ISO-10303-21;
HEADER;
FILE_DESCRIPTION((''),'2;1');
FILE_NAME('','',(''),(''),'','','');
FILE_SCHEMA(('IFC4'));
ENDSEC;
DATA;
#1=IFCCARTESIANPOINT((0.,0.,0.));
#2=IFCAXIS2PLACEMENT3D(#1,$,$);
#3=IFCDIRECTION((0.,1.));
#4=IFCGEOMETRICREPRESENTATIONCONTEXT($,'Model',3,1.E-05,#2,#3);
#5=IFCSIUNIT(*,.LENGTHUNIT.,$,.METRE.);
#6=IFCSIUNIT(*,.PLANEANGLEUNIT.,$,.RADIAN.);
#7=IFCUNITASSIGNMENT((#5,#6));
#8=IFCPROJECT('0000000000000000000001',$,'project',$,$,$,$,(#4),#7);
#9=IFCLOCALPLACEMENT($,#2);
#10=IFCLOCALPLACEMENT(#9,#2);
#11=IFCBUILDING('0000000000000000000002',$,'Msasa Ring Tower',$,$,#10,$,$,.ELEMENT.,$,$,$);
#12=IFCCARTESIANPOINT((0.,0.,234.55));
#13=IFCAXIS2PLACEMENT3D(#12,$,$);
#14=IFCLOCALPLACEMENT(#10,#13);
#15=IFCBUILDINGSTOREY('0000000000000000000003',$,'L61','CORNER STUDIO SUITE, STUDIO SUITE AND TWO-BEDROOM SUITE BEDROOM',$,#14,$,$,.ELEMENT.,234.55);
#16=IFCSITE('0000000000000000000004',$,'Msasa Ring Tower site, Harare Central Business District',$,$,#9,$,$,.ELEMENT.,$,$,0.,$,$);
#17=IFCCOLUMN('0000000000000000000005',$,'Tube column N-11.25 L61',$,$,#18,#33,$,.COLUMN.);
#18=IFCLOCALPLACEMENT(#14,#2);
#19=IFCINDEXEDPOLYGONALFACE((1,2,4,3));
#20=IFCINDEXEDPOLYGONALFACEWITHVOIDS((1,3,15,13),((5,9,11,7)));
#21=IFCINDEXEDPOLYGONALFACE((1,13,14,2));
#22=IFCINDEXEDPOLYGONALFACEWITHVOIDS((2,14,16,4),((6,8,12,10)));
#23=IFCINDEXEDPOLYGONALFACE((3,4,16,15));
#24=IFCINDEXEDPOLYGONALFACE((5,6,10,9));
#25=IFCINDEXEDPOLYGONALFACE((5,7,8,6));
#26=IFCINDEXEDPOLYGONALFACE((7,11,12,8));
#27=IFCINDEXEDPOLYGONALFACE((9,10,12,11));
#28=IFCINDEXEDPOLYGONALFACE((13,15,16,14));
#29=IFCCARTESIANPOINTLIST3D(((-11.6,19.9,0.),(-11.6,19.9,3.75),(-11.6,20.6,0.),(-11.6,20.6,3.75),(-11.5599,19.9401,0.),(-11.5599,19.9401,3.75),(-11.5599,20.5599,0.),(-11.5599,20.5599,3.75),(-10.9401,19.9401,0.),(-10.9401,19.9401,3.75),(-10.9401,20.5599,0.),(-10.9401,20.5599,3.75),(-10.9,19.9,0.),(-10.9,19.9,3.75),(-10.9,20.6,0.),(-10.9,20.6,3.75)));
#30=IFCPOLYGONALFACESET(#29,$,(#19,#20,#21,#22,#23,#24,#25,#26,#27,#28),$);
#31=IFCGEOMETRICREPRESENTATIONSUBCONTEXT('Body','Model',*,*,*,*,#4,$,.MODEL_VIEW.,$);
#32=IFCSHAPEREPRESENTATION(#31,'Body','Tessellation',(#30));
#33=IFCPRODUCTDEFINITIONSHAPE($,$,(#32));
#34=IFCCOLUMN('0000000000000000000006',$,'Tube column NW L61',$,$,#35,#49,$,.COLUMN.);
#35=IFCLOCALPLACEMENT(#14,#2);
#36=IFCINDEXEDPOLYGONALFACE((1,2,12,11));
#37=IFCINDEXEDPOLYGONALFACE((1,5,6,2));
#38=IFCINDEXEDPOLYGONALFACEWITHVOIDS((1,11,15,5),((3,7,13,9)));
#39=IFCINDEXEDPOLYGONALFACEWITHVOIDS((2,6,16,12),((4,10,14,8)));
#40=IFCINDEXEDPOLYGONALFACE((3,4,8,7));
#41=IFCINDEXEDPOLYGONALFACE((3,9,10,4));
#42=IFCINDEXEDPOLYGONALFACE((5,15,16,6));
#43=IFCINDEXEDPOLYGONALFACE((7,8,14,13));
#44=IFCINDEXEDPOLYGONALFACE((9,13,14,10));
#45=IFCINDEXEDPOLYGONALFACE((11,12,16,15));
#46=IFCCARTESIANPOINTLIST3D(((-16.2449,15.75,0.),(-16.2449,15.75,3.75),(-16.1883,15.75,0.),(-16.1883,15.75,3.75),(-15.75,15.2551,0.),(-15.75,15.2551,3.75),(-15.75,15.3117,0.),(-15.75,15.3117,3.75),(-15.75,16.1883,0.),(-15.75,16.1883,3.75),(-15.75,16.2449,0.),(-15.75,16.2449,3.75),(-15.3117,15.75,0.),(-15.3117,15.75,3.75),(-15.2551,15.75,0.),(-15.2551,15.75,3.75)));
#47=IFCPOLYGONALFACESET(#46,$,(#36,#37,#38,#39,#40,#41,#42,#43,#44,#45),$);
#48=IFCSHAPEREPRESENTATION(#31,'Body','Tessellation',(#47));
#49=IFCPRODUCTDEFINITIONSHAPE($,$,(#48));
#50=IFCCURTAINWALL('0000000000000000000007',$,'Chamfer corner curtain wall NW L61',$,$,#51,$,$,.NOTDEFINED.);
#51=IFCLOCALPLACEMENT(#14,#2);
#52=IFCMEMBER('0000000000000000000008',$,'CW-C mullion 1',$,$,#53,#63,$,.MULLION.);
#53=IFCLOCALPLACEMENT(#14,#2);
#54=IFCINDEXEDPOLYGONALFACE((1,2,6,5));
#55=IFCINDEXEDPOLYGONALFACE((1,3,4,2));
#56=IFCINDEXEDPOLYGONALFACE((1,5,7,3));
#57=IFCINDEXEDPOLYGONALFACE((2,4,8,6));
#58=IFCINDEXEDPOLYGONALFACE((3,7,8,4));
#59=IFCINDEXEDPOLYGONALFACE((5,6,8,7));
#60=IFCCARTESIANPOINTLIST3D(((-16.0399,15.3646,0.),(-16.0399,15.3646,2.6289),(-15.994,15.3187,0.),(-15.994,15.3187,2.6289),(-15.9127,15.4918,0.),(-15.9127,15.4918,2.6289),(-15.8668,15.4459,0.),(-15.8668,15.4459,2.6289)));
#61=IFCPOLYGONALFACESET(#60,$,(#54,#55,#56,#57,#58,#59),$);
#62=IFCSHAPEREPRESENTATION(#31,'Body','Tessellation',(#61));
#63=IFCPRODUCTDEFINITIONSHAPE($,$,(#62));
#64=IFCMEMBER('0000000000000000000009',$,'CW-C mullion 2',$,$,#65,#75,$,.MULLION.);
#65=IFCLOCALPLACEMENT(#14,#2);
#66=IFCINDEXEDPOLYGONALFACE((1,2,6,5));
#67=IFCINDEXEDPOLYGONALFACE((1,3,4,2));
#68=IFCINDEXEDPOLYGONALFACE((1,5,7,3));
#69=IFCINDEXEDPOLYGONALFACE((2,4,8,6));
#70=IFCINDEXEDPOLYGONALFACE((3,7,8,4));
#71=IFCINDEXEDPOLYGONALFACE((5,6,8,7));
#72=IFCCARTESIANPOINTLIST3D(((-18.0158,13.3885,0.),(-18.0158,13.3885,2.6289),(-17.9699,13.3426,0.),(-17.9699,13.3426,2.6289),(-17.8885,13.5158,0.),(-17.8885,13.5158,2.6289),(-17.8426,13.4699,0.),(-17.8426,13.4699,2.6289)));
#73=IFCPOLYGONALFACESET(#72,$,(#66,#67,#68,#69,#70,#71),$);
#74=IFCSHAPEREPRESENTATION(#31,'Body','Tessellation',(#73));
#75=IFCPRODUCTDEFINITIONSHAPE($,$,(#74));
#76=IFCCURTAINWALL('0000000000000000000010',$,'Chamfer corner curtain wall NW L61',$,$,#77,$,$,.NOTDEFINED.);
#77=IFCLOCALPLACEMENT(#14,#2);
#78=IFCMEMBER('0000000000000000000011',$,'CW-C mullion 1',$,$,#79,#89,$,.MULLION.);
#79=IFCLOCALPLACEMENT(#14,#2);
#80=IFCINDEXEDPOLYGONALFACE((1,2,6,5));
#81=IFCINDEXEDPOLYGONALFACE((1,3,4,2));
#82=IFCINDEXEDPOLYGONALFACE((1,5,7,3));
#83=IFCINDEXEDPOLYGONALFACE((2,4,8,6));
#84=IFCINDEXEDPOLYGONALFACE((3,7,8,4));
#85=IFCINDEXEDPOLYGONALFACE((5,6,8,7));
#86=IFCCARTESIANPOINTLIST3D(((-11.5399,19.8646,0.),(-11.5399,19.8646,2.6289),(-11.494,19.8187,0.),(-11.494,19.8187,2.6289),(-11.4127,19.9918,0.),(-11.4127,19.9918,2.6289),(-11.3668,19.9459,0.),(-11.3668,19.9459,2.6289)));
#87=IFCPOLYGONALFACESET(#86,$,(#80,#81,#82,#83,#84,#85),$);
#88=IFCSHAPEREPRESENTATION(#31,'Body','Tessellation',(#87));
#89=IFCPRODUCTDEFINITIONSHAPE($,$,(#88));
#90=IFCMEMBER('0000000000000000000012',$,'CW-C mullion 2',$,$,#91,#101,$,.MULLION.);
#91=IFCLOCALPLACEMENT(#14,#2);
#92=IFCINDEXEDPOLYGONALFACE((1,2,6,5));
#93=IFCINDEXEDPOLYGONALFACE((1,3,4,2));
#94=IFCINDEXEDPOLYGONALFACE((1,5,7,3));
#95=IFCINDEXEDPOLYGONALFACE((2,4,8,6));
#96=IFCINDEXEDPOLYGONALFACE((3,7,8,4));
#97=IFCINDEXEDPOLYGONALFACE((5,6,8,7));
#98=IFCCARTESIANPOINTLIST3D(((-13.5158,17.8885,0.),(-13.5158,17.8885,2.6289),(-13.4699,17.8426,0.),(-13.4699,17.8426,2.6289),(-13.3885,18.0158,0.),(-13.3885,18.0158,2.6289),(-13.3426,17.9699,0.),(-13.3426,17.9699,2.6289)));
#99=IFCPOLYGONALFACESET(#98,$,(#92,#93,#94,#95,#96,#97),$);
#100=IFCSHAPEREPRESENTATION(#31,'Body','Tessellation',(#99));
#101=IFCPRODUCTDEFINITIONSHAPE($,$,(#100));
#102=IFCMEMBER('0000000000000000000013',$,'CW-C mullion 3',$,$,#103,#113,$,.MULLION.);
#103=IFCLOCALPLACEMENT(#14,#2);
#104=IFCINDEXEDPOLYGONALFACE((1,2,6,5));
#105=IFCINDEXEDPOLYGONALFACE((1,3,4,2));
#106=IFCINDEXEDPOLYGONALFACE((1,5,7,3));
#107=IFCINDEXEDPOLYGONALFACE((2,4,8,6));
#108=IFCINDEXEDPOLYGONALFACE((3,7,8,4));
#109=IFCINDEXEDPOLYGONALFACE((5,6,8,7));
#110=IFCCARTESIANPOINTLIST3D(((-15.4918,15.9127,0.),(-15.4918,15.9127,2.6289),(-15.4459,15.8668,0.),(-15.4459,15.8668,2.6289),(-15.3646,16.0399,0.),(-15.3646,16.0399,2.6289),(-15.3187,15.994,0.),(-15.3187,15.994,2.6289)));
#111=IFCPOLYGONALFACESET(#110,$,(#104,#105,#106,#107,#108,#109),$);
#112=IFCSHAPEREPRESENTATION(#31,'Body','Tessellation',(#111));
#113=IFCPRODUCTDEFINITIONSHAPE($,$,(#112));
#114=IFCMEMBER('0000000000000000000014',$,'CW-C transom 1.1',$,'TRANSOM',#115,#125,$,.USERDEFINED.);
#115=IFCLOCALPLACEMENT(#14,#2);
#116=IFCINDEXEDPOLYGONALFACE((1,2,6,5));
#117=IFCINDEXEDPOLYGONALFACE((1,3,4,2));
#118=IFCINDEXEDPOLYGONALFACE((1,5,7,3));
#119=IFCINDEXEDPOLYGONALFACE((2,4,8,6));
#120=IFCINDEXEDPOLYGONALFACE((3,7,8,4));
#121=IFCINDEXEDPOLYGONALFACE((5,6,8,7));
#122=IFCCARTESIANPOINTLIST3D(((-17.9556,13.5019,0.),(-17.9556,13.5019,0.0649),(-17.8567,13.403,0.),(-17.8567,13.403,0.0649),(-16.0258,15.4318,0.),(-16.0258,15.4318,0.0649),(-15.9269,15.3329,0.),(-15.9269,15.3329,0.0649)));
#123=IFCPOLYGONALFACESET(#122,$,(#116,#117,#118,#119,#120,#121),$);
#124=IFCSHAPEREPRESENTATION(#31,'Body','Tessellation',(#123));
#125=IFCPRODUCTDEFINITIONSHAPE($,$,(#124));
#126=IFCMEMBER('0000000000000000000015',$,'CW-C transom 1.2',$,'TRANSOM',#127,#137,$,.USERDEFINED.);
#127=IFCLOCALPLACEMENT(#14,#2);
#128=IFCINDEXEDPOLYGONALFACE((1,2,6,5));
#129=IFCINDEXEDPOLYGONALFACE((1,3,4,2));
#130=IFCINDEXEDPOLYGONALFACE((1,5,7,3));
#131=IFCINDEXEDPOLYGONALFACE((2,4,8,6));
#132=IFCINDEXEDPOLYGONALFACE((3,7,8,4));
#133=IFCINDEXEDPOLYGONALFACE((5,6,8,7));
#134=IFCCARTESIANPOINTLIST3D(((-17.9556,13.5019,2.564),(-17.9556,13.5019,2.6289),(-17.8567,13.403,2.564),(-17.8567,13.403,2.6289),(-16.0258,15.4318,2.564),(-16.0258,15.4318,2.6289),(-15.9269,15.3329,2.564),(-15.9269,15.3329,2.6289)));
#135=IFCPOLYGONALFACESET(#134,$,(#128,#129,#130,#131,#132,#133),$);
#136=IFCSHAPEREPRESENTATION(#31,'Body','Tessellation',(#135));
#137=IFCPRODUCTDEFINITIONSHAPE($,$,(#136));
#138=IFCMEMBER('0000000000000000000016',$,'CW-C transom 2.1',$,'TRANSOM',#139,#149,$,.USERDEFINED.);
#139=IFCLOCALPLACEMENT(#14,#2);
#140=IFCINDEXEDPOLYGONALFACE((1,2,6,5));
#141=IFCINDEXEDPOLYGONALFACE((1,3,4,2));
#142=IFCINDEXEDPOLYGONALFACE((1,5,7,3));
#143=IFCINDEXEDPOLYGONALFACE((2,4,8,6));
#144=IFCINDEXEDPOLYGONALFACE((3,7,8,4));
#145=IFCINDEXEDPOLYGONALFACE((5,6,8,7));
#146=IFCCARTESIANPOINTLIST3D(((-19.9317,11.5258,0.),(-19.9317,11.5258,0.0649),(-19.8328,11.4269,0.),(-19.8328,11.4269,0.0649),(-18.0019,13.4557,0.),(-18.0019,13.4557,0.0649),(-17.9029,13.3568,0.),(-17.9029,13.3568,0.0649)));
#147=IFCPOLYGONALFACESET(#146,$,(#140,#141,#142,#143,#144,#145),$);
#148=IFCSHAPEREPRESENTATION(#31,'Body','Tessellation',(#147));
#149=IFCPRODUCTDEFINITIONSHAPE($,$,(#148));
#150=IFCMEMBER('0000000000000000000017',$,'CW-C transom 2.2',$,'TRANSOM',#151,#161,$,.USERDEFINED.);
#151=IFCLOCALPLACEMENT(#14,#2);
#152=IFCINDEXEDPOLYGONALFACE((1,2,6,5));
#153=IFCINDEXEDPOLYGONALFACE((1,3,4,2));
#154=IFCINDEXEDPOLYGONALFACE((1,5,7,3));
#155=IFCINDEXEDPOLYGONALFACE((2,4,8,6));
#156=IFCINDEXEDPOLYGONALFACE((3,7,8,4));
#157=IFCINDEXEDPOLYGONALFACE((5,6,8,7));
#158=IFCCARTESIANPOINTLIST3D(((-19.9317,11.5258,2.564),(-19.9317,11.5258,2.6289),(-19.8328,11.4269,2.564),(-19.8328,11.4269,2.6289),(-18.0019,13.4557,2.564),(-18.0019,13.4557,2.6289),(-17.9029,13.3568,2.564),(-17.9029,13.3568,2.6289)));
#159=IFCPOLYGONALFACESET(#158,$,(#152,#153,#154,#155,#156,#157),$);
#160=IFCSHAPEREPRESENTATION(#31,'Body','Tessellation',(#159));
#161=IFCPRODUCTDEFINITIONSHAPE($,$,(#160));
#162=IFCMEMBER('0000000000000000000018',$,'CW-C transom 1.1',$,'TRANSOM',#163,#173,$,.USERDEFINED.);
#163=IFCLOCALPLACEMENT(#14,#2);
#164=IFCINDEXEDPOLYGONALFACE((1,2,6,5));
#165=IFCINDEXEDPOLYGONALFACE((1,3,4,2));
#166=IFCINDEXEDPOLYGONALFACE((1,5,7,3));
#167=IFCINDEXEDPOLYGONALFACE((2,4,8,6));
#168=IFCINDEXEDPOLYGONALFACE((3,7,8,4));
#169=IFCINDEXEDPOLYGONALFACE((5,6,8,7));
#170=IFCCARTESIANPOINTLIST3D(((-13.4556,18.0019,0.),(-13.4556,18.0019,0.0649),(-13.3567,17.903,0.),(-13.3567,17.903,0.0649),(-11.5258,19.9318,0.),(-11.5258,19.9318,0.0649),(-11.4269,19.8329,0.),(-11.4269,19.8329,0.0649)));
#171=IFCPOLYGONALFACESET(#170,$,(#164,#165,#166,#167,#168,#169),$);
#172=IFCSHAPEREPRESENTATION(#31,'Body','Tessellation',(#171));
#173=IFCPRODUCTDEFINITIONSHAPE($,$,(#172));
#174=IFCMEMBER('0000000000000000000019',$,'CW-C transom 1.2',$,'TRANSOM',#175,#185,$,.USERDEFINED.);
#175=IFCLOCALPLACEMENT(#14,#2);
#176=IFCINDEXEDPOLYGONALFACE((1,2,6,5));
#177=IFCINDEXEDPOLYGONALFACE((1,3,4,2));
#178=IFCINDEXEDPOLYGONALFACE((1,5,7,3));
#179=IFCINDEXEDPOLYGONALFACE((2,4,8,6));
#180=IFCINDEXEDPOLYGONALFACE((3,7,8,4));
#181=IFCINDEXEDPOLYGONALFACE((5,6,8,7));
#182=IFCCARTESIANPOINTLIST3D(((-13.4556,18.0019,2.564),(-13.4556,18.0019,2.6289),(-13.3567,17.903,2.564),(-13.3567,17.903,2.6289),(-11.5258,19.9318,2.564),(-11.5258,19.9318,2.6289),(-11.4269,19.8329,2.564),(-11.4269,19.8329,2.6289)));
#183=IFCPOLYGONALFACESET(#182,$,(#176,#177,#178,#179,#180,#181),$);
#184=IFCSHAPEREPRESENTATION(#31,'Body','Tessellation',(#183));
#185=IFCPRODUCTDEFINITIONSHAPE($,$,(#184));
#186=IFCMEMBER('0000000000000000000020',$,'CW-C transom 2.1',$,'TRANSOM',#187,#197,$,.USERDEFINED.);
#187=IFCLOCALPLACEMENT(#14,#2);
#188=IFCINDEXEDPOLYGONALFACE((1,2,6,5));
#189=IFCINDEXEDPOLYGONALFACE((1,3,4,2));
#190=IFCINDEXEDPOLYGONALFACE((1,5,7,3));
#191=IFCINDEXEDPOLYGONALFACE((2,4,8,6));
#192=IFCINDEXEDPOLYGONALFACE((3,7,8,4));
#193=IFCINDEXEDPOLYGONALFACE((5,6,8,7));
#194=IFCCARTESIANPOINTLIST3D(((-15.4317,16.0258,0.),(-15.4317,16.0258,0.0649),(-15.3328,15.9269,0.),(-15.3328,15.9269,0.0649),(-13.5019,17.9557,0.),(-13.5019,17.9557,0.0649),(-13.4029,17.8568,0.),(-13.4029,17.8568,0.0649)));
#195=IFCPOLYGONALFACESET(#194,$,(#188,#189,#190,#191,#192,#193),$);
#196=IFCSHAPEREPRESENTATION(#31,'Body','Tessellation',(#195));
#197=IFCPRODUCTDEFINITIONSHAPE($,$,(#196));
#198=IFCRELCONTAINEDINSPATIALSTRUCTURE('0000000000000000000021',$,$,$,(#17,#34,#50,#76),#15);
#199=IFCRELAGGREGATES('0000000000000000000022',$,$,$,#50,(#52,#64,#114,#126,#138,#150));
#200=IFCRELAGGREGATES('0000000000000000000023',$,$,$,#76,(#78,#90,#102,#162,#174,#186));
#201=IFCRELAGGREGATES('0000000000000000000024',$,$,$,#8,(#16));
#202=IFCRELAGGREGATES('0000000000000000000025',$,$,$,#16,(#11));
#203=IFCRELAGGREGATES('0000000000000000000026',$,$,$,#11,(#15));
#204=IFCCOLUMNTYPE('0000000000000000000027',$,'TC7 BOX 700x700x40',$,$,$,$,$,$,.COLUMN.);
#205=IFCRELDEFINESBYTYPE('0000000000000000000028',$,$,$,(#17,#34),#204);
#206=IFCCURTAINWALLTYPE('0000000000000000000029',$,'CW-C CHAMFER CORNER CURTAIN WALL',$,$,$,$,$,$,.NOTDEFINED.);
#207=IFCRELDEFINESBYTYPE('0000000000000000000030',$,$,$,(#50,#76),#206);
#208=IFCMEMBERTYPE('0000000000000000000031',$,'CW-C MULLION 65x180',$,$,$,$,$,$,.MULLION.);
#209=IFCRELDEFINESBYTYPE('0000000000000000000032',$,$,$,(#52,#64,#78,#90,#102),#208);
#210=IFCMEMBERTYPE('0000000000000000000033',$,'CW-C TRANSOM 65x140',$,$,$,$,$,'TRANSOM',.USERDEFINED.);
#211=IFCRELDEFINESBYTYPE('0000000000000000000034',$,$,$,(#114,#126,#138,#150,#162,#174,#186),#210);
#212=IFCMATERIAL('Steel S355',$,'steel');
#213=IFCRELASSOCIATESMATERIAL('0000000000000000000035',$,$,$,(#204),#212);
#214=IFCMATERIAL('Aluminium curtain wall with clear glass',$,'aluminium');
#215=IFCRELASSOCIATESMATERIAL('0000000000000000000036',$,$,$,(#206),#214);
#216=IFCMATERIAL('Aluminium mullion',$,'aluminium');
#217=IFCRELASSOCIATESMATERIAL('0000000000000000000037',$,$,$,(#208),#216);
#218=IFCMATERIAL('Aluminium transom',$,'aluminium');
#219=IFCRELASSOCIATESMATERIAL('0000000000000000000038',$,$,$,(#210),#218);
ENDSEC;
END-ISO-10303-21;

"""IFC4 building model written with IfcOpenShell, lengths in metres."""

from ifc_helpers import new_model, si_unit, direction, frame, origin, origin_2d, place, context, subcontext, project, spatial, rectangle, hollow_rectangle, extrude, material, material_profile, profile_set, type_object, element, aggregate, save


model = new_model("IFC4")

# Units and contexts
model_context = context("Model", 3, precision=1e-05, world=origin(), true_north=direction((0.0, 1.0)))
body_context = subcontext(model_context, "Body", "Model", "MODEL_VIEW")
ifc_project = project(units=[si_unit("LENGTHUNIT", "METRE"), si_unit("PLANEANGLEUNIT", "RADIAN")], contexts=[model_context])

# Site, building, storey
site_placement = place(None, origin())
site = spatial("IfcSite", under=ifc_project, at=site_placement, Name="Msasa Ring Tower site, Harare Central Business District", CompositionType="ELEMENT", RefElevation=0.0)
building_placement = place(site_placement, origin())
building = spatial("IfcBuilding", under=site, at=building_placement, Name="Msasa Ring Tower", CompositionType="ELEMENT")
storey_placement = place(building_placement, frame((0.0, 0.0, 234.55)))
storey = spatial("IfcBuildingStorey", under=building, at=storey_placement, Name="L61", Description="CORNER STUDIO SUITE, STUDIO SUITE AND TWO-BEDROOM SUITE BEDROOM", CompositionType="ELEMENT", Elevation=234.55)

# Columns
ifc_material_1 = material(Name="Steel S355", Category="steel")
ifc_material_profile_1 = material_profile(ifc_material_1, hollow_rectangle(XDim=0.7, YDim=0.7, WallThickness=0.04, at=origin_2d()), Name="BOX 700x700x40")
ifc_profile_set_1 = profile_set([ifc_material_profile_1], Name="Steel S355")
column_type = type_object("IfcColumnType", Name="TC7 BOX 700x700x40", PredefinedType="COLUMN", material=ifc_profile_set_1)
for number, where, z_axis, x_axis, name in (
    (1, (-11.25, 20.25, 0.0), (0.0, 0.0, 1.0), (0.0, 1.0, 0.0), "Tube column N-11.25 L61"),
    (2, (-15.75, 15.75, 0.0), (0.0, 0.0, 1.0), (0.707107, -0.707107, 0.0), "Tube column NW L61"),
):
    element("IfcColumn", number, at=place(storey_placement, frame(where, z_axis=z_axis, x_axis=x_axis)), inside=storey, type_object=column_type, Name=name, PredefinedType="COLUMN", context=body_context, shape_type="SweptSolid", body=[
        extrude(hollow_rectangle(XDim=0.7, YDim=0.7, WallThickness=0.04, at=origin_2d()), origin(), (0.0, 0.0, 1.0), 3.75),
    ])

# Curtain walls, members
ifc_material_2 = material(Name="Aluminium curtain wall with clear glass", Category="aluminium")
curtain_wall_type = type_object("IfcCurtainWallType", Name="CW-C CHAMFER CORNER CURTAIN WALL", PredefinedType="NOTDEFINED", material=ifc_material_2)
curtain_wall_1_placement = place(storey_placement, origin())
curtain_wall_1 = element("IfcCurtainWall", 3, at=curtain_wall_1_placement, inside=storey, type_object=curtain_wall_type, Name="Chamfer corner curtain wall NW L61", PredefinedType="NOTDEFINED")
ifc_material_3 = material(Name="Aluminium mullion", Category="aluminium")
ifc_material_profile_2 = material_profile(ifc_material_3, rectangle(XDim=0.0649, YDim=0.1799, at=origin_2d()), Name="AL 65x180")
ifc_profile_set_2 = profile_set([ifc_material_profile_2], Name="Aluminium mullion")
member_type_1 = type_object("IfcMemberType", Name="CW-C MULLION 65x180", PredefinedType="MULLION", material=ifc_profile_set_2)
member_1_placement = place(storey_placement, frame((-15.9534, 15.4053, 0.0), z_axis=(0.0, 0.0, 1.0), x_axis=(0.707107, -0.707107, 0.0)))
member_1 = element("IfcMember", 4, at=member_1_placement, type_object=member_type_1, Name="CW-C mullion 1", PredefinedType="MULLION", context=body_context, shape_type="SweptSolid", body=[
    extrude(rectangle(XDim=0.0649, YDim=0.1799, at=origin_2d()), origin(), (0.0, 0.0, 1.0), 2.6289),
])
member_2_placement = place(storey_placement, frame((-17.9292, 13.4292, 0.0), z_axis=(0.0, 0.0, 1.0), x_axis=(0.707107, -0.707107, 0.0)))
member_2 = element("IfcMember", 5, at=member_2_placement, type_object=member_type_1, Name="CW-C mullion 2", PredefinedType="MULLION", context=body_context, shape_type="SweptSolid", body=[
    extrude(rectangle(XDim=0.0649, YDim=0.1799, at=origin_2d()), origin(), (0.0, 0.0, 1.0), 2.6289),
])
curtain_wall_2_placement = place(storey_placement, origin())
curtain_wall_2 = element("IfcCurtainWall", 6, at=curtain_wall_2_placement, inside=storey, type_object=curtain_wall_type, Name="Chamfer corner curtain wall NW L61", PredefinedType="NOTDEFINED")
member_3_placement = place(storey_placement, frame((-11.4534, 19.9053, 0.0), z_axis=(0.0, 0.0, 1.0), x_axis=(0.707107, -0.707107, 0.0)))
member_3 = element("IfcMember", 7, at=member_3_placement, type_object=member_type_1, Name="CW-C mullion 1", PredefinedType="MULLION", context=body_context, shape_type="SweptSolid", body=[
    extrude(rectangle(XDim=0.0649, YDim=0.1799, at=origin_2d()), origin(), (0.0, 0.0, 1.0), 2.6289),
])
member_4_placement = place(storey_placement, frame((-13.4292, 17.9292, 0.0), z_axis=(0.0, 0.0, 1.0), x_axis=(0.707107, -0.707107, 0.0)))
member_4 = element("IfcMember", 8, at=member_4_placement, type_object=member_type_1, Name="CW-C mullion 2", PredefinedType="MULLION", context=body_context, shape_type="SweptSolid", body=[
    extrude(rectangle(XDim=0.0649, YDim=0.1799, at=origin_2d()), origin(), (0.0, 0.0, 1.0), 2.6289),
])
member_5_placement = place(storey_placement, frame((-15.4053, 15.9534, 0.0), z_axis=(0.0, 0.0, 1.0), x_axis=(0.707107, -0.707107, 0.0)))
member_5 = element("IfcMember", 9, at=member_5_placement, type_object=member_type_1, Name="CW-C mullion 3", PredefinedType="MULLION", context=body_context, shape_type="SweptSolid", body=[
    extrude(rectangle(XDim=0.0649, YDim=0.1799, at=origin_2d()), origin(), (0.0, 0.0, 1.0), 2.6289),
])

# Members
ifc_material_4 = material(Name="Aluminium transom", Category="aluminium")
ifc_material_profile_3 = material_profile(ifc_material_4, rectangle(XDim=0.1399, YDim=0.0649, at=origin_2d()), Name="AL 65x140")
ifc_profile_set_3 = profile_set([ifc_material_profile_3], Name="Aluminium transom")
member_type_2 = type_object("IfcMemberType", Name="CW-C TRANSOM 65x140", ElementType="TRANSOM", PredefinedType="USERDEFINED", material=ifc_profile_set_3)
member_6_placement = place(storey_placement, frame((-15.9763, 15.3823, 0.0325), z_axis=(-0.707107, -0.707107, 0.0), x_axis=(0.707107, -0.707107, 0.0)))
member_6 = element("IfcMember", 10, at=member_6_placement, type_object=member_type_2, Name="CW-C transom 1.1", ObjectType="TRANSOM", PredefinedType="USERDEFINED", context=body_context, shape_type="SweptSolid", body=[
    extrude(rectangle(XDim=0.1399, YDim=0.0649, at=origin_2d()), origin(), (0.0, 0.0, 1.0), 2.7292),
])
member_7_placement = place(storey_placement, frame((-15.9763, 15.3823, 2.5964), z_axis=(-0.707107, -0.707107, 0.0), x_axis=(0.707107, -0.707107, 0.0)))
member_7 = element("IfcMember", 11, at=member_7_placement, type_object=member_type_2, Name="CW-C transom 1.2", ObjectType="TRANSOM", PredefinedType="USERDEFINED", context=body_context, shape_type="SweptSolid", body=[
    extrude(rectangle(XDim=0.1399, YDim=0.0649, at=origin_2d()), origin(), (0.0, 0.0, 1.0), 2.7292),
])
member_8_placement = place(storey_placement, frame((-17.9524, 13.4062, 0.0325), z_axis=(-0.707107, -0.707107, 0.0), x_axis=(0.707107, -0.707107, 0.0)))
member_8 = element("IfcMember", 12, at=member_8_placement, type_object=member_type_2, Name="CW-C transom 2.1", ObjectType="TRANSOM", PredefinedType="USERDEFINED", context=body_context, shape_type="SweptSolid", body=[
    extrude(rectangle(XDim=0.1399, YDim=0.0649, at=origin_2d()), origin(), (0.0, 0.0, 1.0), 2.7292),
])
member_9_placement = place(storey_placement, frame((-17.9524, 13.4062, 2.5964), z_axis=(-0.707107, -0.707107, 0.0), x_axis=(0.707107, -0.707107, 0.0)))
member_9 = element("IfcMember", 13, at=member_9_placement, type_object=member_type_2, Name="CW-C transom 2.2", ObjectType="TRANSOM", PredefinedType="USERDEFINED", context=body_context, shape_type="SweptSolid", body=[
    extrude(rectangle(XDim=0.1399, YDim=0.0649, at=origin_2d()), origin(), (0.0, 0.0, 1.0), 2.7292),
])
member_10_placement = place(storey_placement, frame((-11.4763, 19.8823, 0.0325), z_axis=(-0.707107, -0.707107, 0.0), x_axis=(0.707107, -0.707107, 0.0)))
member_10 = element("IfcMember", 14, at=member_10_placement, type_object=member_type_2, Name="CW-C transom 1.1", ObjectType="TRANSOM", PredefinedType="USERDEFINED", context=body_context, shape_type="SweptSolid", body=[
    extrude(rectangle(XDim=0.1399, YDim=0.0649, at=origin_2d()), origin(), (0.0, 0.0, 1.0), 2.7292),
])
member_11_placement = place(storey_placement, frame((-11.4763, 19.8823, 2.5964), z_axis=(-0.707107, -0.707107, 0.0), x_axis=(0.707107, -0.707107, 0.0)))
member_11 = element("IfcMember", 15, at=member_11_placement, type_object=member_type_2, Name="CW-C transom 1.2", ObjectType="TRANSOM", PredefinedType="USERDEFINED", context=body_context, shape_type="SweptSolid", body=[
    extrude(rectangle(XDim=0.1399, YDim=0.0649, at=origin_2d()), origin(), (0.0, 0.0, 1.0), 2.7292),
])
member_12_placement = place(storey_placement, frame((-13.4524, 17.9062, 0.0325), z_axis=(-0.707107, -0.707107, 0.0), x_axis=(0.707107, -0.707107, 0.0)))
member_12 = element("IfcMember", 16, at=member_12_placement, type_object=member_type_2, Name="CW-C transom 2.1", ObjectType="TRANSOM", PredefinedType="USERDEFINED", context=body_context, shape_type="SweptSolid", body=[
    extrude(rectangle(XDim=0.1399, YDim=0.0649, at=origin_2d()), origin(), (0.0, 0.0, 1.0), 2.7292),
])

aggregate(curtain_wall_1, [member_1, member_2, member_6, member_7, member_8, member_9])
aggregate(curtain_wall_2, [member_3, member_4, member_5, member_10, member_11, member_12])

save(model, "model.ifc")
